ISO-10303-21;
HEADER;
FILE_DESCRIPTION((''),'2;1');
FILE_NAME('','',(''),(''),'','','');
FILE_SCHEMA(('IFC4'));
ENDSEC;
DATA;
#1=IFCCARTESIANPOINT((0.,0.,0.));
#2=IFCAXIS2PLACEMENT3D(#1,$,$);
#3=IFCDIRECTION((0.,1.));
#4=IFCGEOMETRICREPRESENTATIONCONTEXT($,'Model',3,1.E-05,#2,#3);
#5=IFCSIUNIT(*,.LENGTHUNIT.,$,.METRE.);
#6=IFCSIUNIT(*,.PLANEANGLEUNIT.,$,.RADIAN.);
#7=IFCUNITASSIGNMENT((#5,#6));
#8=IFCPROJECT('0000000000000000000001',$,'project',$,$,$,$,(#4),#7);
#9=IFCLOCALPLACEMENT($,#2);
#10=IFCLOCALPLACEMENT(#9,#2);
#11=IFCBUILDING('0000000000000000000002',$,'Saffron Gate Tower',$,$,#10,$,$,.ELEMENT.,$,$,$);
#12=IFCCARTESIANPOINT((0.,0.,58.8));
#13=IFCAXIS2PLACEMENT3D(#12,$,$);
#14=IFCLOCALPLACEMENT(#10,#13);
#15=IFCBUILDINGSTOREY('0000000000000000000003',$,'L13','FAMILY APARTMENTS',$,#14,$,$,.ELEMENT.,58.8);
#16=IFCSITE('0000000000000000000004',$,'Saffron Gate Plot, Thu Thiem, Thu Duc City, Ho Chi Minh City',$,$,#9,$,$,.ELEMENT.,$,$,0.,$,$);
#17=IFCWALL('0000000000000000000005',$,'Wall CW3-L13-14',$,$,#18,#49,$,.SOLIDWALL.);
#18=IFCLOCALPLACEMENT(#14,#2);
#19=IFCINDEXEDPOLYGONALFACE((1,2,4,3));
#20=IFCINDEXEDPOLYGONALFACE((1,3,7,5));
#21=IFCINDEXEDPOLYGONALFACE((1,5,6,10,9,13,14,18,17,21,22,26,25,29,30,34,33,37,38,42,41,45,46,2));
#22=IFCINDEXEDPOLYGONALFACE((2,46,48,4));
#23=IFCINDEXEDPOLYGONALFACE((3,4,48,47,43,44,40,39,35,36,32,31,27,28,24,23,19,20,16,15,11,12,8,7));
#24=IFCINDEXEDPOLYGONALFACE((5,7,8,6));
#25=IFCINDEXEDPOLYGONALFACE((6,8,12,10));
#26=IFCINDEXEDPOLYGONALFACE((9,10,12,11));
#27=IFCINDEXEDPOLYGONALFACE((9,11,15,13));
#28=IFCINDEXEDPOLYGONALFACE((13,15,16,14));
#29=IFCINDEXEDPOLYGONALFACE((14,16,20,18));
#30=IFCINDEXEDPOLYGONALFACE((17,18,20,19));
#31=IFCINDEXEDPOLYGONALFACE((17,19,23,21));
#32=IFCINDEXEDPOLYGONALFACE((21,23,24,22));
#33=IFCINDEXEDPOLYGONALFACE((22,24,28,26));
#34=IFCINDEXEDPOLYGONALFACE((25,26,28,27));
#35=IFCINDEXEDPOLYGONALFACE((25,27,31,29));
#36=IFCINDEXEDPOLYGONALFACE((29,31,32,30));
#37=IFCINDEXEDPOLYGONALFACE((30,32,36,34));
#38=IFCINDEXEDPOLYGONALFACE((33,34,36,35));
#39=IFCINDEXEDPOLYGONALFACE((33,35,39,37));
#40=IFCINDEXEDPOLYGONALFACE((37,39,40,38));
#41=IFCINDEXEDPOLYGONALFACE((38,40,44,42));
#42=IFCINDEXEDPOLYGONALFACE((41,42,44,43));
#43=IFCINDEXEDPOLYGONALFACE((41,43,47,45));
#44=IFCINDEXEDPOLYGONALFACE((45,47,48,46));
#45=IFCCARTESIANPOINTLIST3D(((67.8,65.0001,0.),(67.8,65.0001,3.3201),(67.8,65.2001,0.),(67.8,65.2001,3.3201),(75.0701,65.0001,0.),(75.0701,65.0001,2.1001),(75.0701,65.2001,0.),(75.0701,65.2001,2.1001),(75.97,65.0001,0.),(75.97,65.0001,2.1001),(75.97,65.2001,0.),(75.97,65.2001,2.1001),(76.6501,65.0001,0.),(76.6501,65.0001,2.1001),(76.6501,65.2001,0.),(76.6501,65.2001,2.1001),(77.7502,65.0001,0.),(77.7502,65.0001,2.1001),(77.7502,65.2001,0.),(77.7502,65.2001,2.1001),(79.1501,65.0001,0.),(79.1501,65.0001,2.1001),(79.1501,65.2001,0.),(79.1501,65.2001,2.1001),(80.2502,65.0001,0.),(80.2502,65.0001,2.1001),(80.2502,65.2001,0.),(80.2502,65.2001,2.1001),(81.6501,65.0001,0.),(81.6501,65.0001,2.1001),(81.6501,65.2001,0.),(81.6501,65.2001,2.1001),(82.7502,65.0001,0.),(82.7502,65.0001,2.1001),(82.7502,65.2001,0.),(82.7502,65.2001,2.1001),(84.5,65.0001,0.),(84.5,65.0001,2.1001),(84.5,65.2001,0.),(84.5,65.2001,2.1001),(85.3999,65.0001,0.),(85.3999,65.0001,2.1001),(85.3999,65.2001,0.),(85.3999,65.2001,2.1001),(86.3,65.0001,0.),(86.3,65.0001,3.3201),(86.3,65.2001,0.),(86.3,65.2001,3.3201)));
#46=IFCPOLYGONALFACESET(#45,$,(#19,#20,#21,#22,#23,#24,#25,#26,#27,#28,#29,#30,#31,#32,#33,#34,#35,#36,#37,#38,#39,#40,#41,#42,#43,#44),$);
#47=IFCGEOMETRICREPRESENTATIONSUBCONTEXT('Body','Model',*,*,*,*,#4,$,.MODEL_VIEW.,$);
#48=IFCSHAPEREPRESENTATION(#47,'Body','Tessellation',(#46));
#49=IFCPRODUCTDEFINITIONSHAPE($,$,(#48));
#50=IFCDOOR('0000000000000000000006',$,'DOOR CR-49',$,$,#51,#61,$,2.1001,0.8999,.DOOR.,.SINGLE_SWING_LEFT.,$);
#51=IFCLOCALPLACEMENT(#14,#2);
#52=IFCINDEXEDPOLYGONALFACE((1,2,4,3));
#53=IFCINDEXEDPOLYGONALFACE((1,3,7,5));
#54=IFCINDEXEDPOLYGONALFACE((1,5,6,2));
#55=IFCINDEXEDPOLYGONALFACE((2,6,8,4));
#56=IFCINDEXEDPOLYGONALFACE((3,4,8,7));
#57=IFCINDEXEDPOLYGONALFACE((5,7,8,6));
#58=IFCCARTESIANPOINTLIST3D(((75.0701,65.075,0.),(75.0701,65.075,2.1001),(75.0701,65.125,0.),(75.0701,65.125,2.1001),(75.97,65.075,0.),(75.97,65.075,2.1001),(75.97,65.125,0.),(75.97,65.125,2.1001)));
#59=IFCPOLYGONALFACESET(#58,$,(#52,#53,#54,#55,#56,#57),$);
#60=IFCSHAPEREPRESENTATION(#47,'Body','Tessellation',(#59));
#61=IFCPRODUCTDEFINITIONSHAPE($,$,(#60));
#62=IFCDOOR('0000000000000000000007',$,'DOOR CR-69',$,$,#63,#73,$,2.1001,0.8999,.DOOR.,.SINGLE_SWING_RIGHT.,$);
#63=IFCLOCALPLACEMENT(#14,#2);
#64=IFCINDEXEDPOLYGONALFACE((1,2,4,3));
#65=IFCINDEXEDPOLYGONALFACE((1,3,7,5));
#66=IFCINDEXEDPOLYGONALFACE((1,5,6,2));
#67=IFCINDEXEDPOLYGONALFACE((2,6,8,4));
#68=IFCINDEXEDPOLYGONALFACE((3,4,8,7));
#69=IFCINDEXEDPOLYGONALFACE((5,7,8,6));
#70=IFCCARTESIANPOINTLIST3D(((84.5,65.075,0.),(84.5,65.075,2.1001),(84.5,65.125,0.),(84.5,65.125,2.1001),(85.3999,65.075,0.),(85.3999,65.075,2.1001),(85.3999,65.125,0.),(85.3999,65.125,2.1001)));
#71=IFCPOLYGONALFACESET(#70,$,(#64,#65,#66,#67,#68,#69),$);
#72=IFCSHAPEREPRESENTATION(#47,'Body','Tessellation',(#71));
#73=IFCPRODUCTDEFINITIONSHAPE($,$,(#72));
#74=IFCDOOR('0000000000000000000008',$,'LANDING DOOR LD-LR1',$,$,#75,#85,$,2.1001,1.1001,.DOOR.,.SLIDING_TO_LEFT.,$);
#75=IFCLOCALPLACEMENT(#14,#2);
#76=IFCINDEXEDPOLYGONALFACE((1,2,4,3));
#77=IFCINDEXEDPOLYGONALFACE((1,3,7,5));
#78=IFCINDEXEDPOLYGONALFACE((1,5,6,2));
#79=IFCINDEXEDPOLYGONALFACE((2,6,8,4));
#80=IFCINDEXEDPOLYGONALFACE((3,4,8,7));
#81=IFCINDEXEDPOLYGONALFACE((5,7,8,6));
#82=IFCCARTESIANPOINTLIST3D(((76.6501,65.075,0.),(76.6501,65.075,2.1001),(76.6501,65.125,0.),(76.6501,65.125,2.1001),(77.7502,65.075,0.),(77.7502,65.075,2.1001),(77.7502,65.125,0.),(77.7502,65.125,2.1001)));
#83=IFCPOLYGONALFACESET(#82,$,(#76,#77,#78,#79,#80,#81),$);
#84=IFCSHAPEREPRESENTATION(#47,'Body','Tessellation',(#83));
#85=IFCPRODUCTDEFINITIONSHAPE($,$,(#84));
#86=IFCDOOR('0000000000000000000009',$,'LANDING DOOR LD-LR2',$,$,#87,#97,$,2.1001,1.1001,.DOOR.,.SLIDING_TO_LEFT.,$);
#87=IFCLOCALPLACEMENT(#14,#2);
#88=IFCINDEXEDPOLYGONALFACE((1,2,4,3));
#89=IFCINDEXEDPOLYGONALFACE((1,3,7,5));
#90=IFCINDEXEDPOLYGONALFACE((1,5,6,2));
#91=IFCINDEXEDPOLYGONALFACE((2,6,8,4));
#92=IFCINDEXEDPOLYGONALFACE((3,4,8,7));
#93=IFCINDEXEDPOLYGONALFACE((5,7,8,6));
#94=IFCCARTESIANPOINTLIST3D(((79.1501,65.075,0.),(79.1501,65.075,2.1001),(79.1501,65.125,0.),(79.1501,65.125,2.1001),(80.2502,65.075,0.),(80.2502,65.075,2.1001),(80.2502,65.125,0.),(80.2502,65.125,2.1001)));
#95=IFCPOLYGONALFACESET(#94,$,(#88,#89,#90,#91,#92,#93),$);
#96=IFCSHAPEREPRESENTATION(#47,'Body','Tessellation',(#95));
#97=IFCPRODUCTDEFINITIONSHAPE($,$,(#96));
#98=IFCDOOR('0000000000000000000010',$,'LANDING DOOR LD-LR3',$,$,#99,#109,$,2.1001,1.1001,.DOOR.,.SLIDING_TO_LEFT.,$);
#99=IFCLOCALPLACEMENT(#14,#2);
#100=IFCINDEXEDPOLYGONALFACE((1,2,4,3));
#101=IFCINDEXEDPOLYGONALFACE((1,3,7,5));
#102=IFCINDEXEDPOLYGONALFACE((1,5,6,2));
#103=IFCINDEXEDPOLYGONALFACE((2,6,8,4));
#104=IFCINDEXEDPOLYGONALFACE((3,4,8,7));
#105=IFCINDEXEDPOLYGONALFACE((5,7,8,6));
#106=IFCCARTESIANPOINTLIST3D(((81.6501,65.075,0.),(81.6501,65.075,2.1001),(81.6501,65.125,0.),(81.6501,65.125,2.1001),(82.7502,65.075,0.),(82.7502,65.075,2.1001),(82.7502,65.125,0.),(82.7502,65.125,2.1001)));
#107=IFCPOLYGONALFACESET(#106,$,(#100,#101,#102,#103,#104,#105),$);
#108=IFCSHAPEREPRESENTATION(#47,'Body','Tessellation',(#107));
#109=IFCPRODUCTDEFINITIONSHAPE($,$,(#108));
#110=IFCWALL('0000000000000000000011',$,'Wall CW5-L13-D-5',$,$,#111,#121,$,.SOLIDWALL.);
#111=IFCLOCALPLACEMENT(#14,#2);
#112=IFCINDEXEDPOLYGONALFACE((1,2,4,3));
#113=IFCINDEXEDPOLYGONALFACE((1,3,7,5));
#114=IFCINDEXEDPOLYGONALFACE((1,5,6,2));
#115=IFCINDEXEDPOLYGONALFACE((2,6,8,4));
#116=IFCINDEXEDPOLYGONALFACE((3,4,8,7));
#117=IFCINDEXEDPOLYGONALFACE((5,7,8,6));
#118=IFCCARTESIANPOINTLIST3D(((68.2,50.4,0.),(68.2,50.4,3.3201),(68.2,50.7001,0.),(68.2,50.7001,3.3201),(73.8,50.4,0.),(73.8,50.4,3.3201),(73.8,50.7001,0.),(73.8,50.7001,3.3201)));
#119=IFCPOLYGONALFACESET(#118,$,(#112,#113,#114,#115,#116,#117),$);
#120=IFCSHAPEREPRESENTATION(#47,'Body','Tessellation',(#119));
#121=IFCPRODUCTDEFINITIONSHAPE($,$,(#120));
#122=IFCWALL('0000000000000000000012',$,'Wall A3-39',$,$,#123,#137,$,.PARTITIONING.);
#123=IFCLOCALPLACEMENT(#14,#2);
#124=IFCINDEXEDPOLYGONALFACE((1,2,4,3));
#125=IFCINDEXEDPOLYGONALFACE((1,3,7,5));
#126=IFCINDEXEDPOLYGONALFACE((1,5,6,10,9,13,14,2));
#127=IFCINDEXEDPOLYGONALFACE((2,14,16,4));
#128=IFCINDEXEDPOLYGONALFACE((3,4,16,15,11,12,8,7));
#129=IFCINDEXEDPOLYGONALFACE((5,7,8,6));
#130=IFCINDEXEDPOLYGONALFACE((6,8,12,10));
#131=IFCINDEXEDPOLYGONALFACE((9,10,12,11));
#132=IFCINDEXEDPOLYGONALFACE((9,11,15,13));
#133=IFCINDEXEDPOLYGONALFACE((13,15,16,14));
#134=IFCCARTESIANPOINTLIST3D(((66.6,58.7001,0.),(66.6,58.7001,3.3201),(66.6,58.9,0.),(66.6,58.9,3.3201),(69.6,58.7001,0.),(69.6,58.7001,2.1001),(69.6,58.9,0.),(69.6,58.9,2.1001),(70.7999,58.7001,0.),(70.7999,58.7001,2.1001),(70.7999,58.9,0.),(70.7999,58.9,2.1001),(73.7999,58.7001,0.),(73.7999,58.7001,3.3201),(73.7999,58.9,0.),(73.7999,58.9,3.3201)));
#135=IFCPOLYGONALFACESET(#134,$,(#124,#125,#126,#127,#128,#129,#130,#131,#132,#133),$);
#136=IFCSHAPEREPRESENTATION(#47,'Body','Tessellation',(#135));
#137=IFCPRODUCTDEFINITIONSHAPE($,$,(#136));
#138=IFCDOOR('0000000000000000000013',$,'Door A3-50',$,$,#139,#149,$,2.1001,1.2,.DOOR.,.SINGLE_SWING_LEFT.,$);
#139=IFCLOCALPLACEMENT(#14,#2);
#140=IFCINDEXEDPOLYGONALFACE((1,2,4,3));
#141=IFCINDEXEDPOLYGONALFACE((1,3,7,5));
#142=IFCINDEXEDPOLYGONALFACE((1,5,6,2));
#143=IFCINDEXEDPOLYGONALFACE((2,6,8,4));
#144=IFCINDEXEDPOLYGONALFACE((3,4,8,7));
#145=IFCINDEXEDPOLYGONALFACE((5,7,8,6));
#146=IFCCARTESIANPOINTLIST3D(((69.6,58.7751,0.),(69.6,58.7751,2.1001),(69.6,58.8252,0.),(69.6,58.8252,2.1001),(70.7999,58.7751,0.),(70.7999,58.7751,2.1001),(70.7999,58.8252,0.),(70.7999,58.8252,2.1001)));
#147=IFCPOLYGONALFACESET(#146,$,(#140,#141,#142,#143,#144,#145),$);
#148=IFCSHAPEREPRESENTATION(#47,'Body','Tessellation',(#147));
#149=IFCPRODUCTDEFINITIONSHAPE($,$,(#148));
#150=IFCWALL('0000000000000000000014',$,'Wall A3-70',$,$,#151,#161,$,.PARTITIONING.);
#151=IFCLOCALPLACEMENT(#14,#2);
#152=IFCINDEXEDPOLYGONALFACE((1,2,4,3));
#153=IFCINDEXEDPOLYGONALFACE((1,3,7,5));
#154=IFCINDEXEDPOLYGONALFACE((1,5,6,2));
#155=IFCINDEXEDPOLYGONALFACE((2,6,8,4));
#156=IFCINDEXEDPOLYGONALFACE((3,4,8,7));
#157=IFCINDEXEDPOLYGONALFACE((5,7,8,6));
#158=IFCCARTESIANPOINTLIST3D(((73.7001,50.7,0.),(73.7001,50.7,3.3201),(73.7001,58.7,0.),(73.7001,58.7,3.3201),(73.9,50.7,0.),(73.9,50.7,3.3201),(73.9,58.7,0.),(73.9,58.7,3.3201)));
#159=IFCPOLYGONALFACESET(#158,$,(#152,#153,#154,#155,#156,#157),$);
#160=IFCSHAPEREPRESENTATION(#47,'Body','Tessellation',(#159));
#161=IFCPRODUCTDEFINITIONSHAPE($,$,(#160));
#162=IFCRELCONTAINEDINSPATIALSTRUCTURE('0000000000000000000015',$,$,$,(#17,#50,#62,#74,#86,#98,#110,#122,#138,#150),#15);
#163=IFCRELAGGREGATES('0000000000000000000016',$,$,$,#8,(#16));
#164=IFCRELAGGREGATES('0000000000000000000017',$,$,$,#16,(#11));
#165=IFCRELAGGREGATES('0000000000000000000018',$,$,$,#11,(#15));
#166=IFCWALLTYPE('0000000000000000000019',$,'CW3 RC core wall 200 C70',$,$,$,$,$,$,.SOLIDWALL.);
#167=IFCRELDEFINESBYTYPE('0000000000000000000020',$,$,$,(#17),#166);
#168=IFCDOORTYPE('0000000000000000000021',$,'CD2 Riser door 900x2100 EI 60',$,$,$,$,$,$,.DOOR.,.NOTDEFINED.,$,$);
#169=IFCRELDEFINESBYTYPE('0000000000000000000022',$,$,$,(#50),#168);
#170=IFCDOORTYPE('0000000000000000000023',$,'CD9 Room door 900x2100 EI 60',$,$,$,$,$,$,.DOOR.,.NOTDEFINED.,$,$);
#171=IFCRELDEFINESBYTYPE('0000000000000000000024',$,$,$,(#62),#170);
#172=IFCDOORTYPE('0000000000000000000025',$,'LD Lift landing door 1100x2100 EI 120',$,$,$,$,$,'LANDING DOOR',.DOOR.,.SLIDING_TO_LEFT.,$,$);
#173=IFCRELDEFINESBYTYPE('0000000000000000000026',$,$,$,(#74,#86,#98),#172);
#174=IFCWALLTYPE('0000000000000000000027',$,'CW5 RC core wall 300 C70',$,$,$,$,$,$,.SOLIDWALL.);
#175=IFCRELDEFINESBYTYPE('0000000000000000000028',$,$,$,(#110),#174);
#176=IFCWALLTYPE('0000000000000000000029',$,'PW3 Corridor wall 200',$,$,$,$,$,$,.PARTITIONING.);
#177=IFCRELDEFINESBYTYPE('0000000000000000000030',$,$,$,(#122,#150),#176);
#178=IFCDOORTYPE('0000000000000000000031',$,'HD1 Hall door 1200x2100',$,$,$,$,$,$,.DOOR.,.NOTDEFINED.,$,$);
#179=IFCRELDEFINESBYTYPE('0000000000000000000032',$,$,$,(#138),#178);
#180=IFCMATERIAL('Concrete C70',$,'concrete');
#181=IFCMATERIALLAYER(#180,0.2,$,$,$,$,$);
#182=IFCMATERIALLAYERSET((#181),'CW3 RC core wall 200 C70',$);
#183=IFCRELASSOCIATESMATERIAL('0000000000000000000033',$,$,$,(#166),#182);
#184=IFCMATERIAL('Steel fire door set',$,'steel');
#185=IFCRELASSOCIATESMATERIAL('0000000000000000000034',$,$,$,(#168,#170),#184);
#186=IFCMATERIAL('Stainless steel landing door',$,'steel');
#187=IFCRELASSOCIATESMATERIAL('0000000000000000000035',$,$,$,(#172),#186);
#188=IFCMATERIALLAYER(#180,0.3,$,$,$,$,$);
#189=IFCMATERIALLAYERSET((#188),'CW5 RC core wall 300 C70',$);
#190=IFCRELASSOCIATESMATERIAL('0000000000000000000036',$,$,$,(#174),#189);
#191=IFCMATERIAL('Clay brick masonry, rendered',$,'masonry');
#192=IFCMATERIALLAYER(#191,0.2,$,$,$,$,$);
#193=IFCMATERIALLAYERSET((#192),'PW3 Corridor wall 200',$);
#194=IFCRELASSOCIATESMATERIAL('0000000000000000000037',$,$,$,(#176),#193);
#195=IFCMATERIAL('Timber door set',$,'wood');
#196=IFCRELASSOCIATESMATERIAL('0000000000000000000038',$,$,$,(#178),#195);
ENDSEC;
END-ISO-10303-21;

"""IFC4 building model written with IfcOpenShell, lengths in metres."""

from ifc_helpers import new_model, si_unit, direction, frame, frame_2d, origin, place, context, subcontext, project, spatial, rectangle, extrude, material, layer, layer_set, type_object, element, fill, save


model = new_model("IFC4")

# Units and contexts
model_context = context("Model", 3, precision=1e-05, world=origin(), true_north=direction((0.0, 1.0)))
body_context = subcontext(model_context, "Body", "Model", "MODEL_VIEW")
ifc_project = project(units=[si_unit("LENGTHUNIT", "METRE"), si_unit("PLANEANGLEUNIT", "RADIAN")], contexts=[model_context])

# Site, building, storey
site_placement = place(None, origin())
site = spatial("IfcSite", under=ifc_project, at=site_placement, Name="Saffron Gate Plot, Thu Thiem, Thu Duc City, Ho Chi Minh City", CompositionType="ELEMENT", RefElevation=0.0)
building_placement = place(site_placement, origin())
building = spatial("IfcBuilding", under=site, at=building_placement, Name="Saffron Gate Tower", CompositionType="ELEMENT")
storey_placement = place(building_placement, frame((0.0, 0.0, 58.8)))
storey = spatial("IfcBuildingStorey", under=building, at=storey_placement, Name="L13", Description="FAMILY APARTMENTS", CompositionType="ELEMENT", Elevation=58.8)

# Shared definitions
ifc_material_1 = material(Name="Concrete C70", Category="concrete")
ifc_layer_1 = layer(ifc_material_1, 0.2)
ifc_layer_set_1 = layer_set([ifc_layer_1], Name="CW3 RC core wall 200 C70")
wall_type_1 = type_object("IfcWallType", Name="CW3 RC core wall 200 C70", PredefinedType="SOLIDWALL", material=ifc_layer_set_1)

# Wall, openings, doors
wall_1_placement = place(storey_placement, frame((67.8, 65.1001, 0.0), z_axis=(0.0, 0.0, 1.0), x_axis=(1.0, 0.0, 0.0)))
wall_1 = element("IfcWall", 1, at=wall_1_placement, inside=storey, type_object=wall_type_1, Name="Wall CW3-L13-14", PredefinedType="SOLIDWALL", context=body_context, shape_type="SweptSolid", body=[
    extrude(rectangle(XDim=18.5, YDim=0.2, at=frame_2d((9.25, 0.0))), origin(), (0.0, 0.0, 1.0), 3.3201),
])
opening_1_placement = place(wall_1_placement, frame((7.27, 0.0, 0.0)))
opening_1 = element("IfcOpeningElement", 2, at=opening_1_placement, cuts=wall_1, PredefinedType="OPENING", context=body_context, shape_type="SweptSolid", body=[
    extrude(rectangle(XDim=0.8999, YDim=2.1001, at=frame_2d((0.45, 1.05))), frame((0.0, 0.1099, 0.0), z_axis=(0.0, -1.0, 0.0), x_axis=(1.0, 0.0, 0.0)), (0.0, 0.0, 1.0), 0.22),
])
opening_2_placement = place(wall_1_placement, frame((8.8501, 0.0, 0.0)))
opening_2 = element("IfcOpeningElement", 3, at=opening_2_placement, cuts=wall_1, PredefinedType="OPENING", context=body_context, shape_type="SweptSolid", body=[
    extrude(rectangle(XDim=1.1001, YDim=2.1001, at=frame_2d((0.55, 1.05))), frame((0.0, 0.1099, 0.0), z_axis=(0.0, -1.0, 0.0), x_axis=(1.0, 0.0, 0.0)), (0.0, 0.0, 1.0), 0.22),
])
opening_3_placement = place(wall_1_placement, frame((11.3501, 0.0, 0.0)))
opening_3 = element("IfcOpeningElement", 4, at=opening_3_placement, cuts=wall_1, PredefinedType="OPENING", context=body_context, shape_type="SweptSolid", body=[
    extrude(rectangle(XDim=1.1001, YDim=2.1001, at=frame_2d((0.55, 1.05))), frame((0.0, 0.1099, 0.0), z_axis=(0.0, -1.0, 0.0), x_axis=(1.0, 0.0, 0.0)), (0.0, 0.0, 1.0), 0.22),
])
opening_4_placement = place(wall_1_placement, frame((13.8501, 0.0, 0.0)))
opening_4 = element("IfcOpeningElement", 5, at=opening_4_placement, cuts=wall_1, PredefinedType="OPENING", context=body_context, shape_type="SweptSolid", body=[
    extrude(rectangle(XDim=1.1001, YDim=2.1001, at=frame_2d((0.55, 1.05))), frame((0.0, 0.1099, 0.0), z_axis=(0.0, -1.0, 0.0), x_axis=(1.0, 0.0, 0.0)), (0.0, 0.0, 1.0), 0.22),
])
opening_5_placement = place(wall_1_placement, frame((16.7, 0.0, 0.0)))
opening_5 = element("IfcOpeningElement", 6, at=opening_5_placement, cuts=wall_1, PredefinedType="OPENING", context=body_context, shape_type="SweptSolid", body=[
    extrude(rectangle(XDim=0.8999, YDim=2.1001, at=frame_2d((0.45, 1.05))), frame((0.0, 0.1099, 0.0), z_axis=(0.0, -1.0, 0.0), x_axis=(1.0, 0.0, 0.0)), (0.0, 0.0, 1.0), 0.22),
])
ifc_material_2 = material(Name="Steel fire door set", Category="steel")
door_type_1 = type_object("IfcDoorType", Name="CD2 Riser door 900x2100 EI 60", OperationType="NOTDEFINED", PredefinedType="DOOR", material=ifc_material_2)
door_1_placement = place(opening_1_placement, origin())
door_1 = element("IfcDoor", 7, at=door_1_placement, inside=storey, type_object=door_type_1, Name="DOOR CR-49", OperationType="SINGLE_SWING_LEFT", OverallHeight=2.1001, OverallWidth=0.8999, PredefinedType="DOOR", context=body_context, shape_type="SweptSolid", body=[
    extrude(rectangle(XDim=0.8999, YDim=2.1001, at=frame_2d((0.45, 1.05))), frame((0.0, 0.0249, 0.0), z_axis=(0.0, -1.0, 0.0), x_axis=(1.0, 0.0, 0.0)), (0.0, 0.0, 1.0), 0.05),
])
fill(opening_1, door_1)
door_type_2 = type_object("IfcDoorType", Name="CD9 Room door 900x2100 EI 60", OperationType="NOTDEFINED", PredefinedType="DOOR", material=ifc_material_2)
door_2_placement = place(opening_5_placement, origin())
door_2 = element("IfcDoor", 8, at=door_2_placement, inside=storey, type_object=door_type_2, Name="DOOR CR-69", OperationType="SINGLE_SWING_RIGHT", OverallHeight=2.1001, OverallWidth=0.8999, PredefinedType="DOOR", context=body_context, shape_type="SweptSolid", body=[
    extrude(rectangle(XDim=0.8999, YDim=2.1001, at=frame_2d((0.45, 1.05))), frame((0.0, 0.0249, 0.0), z_axis=(0.0, -1.0, 0.0), x_axis=(1.0, 0.0, 0.0)), (0.0, 0.0, 1.0), 0.05),
])
fill(opening_5, door_2)
ifc_material_3 = material(Name="Stainless steel landing door", Category="steel")
door_type_3 = type_object("IfcDoorType", Name="LD Lift landing door 1100x2100 EI 120", ElementType="LANDING DOOR", OperationType="SLIDING_TO_LEFT", PredefinedType="DOOR", material=ifc_material_3)
door_3_placement = place(opening_2_placement, origin())
door_3 = element("IfcDoor", 9, at=door_3_placement, inside=storey, type_object=door_type_3, Name="LANDING DOOR LD-LR1", OperationType="SLIDING_TO_LEFT", OverallHeight=2.1001, OverallWidth=1.1001, PredefinedType="DOOR", context=body_context, shape_type="SweptSolid", body=[
    extrude(rectangle(XDim=1.1001, YDim=2.1001, at=frame_2d((0.55, 1.05))), frame((0.0, 0.0249, 0.0), z_axis=(0.0, -1.0, 0.0), x_axis=(1.0, 0.0, 0.0)), (0.0, 0.0, 1.0), 0.05),
])
fill(opening_2, door_3)
door_4_placement = place(opening_3_placement, origin())
door_4 = element("IfcDoor", 10, at=door_4_placement, inside=storey, type_object=door_type_3, Name="LANDING DOOR LD-LR2", OperationType="SLIDING_TO_LEFT", OverallHeight=2.1001, OverallWidth=1.1001, PredefinedType="DOOR", context=body_context, shape_type="SweptSolid", body=[
    extrude(rectangle(XDim=1.1001, YDim=2.1001, at=frame_2d((0.55, 1.05))), frame((0.0, 0.0249, 0.0), z_axis=(0.0, -1.0, 0.0), x_axis=(1.0, 0.0, 0.0)), (0.0, 0.0, 1.0), 0.05),
])
fill(opening_3, door_4)
door_5_placement = place(opening_4_placement, origin())
door_5 = element("IfcDoor", 11, at=door_5_placement, inside=storey, type_object=door_type_3, Name="LANDING DOOR LD-LR3", OperationType="SLIDING_TO_LEFT", OverallHeight=2.1001, OverallWidth=1.1001, PredefinedType="DOOR", context=body_context, shape_type="SweptSolid", body=[
    extrude(rectangle(XDim=1.1001, YDim=2.1001, at=frame_2d((0.55, 1.05))), frame((0.0, 0.0249, 0.0), z_axis=(0.0, -1.0, 0.0), x_axis=(1.0, 0.0, 0.0)), (0.0, 0.0, 1.0), 0.05),
])
fill(opening_4, door_5)

# Wall
ifc_layer_2 = layer(ifc_material_1, 0.3)
ifc_layer_set_2 = layer_set([ifc_layer_2], Name="CW5 RC core wall 300 C70")
wall_type_2 = type_object("IfcWallType", Name="CW5 RC core wall 300 C70", PredefinedType="SOLIDWALL", material=ifc_layer_set_2)
wall_2_placement = place(storey_placement, frame((68.2, 50.55, 0.0), z_axis=(0.0, 0.0, 1.0), x_axis=(1.0, 0.0, 0.0)))
element("IfcWall", 12, at=wall_2_placement, inside=storey, type_object=wall_type_2, Name="Wall CW5-L13-D-5", PredefinedType="SOLIDWALL", context=body_context, shape_type="SweptSolid", body=[
    extrude(rectangle(XDim=5.6001, YDim=0.3, at=frame_2d((2.8, 0.0))), origin(), (0.0, 0.0, 1.0), 3.3201),
])

# Wall, opening, door
ifc_material_4 = material(Name="Clay brick masonry, rendered", Category="masonry")
ifc_layer_3 = layer(ifc_material_4, 0.2)
ifc_layer_set_3 = layer_set([ifc_layer_3], Name="PW3 Corridor wall 200")
wall_type_3 = type_object("IfcWallType", Name="PW3 Corridor wall 200", PredefinedType="PARTITIONING", material=ifc_layer_set_3)
wall_3_placement = place(storey_placement, frame((73.8, 58.8, 0.0), z_axis=(0.0, 0.0, 1.0), x_axis=(-1.0, 0.0, 0.0)))
wall_3 = element("IfcWall", 13, at=wall_3_placement, inside=storey, type_object=wall_type_3, Name="Wall A3-39", PredefinedType="PARTITIONING", context=body_context, shape_type="SweptSolid", body=[
    extrude(rectangle(XDim=7.2, YDim=0.2, at=frame_2d((3.6001, 0.0))), origin(), (0.0, 0.0, 1.0), 3.3201),
])
opening_6_placement = place(wall_3_placement, frame((3.0, 0.0, 0.0)))
opening_6 = element("IfcOpeningElement", 14, at=opening_6_placement, cuts=wall_3, PredefinedType="OPENING", context=body_context, shape_type="SweptSolid", body=[
    extrude(rectangle(XDim=1.2, YDim=2.1001, at=frame_2d((0.6001, 1.05))), frame((0.0, 0.1099, 0.0), z_axis=(0.0, -1.0, 0.0), x_axis=(1.0, 0.0, 0.0)), (0.0, 0.0, 1.0), 0.22),
])
ifc_material_5 = material(Name="Timber door set", Category="wood")
door_type_4 = type_object("IfcDoorType", Name="HD1 Hall door 1200x2100", OperationType="NOTDEFINED", PredefinedType="DOOR", material=ifc_material_5)
door_6_placement = place(opening_6_placement, origin())
door_6 = element("IfcDoor", 15, at=door_6_placement, inside=storey, type_object=door_type_4, Name="Door A3-50", OperationType="SINGLE_SWING_LEFT", OverallHeight=2.1001, OverallWidth=1.2, PredefinedType="DOOR", context=body_context, shape_type="SweptSolid", body=[
    extrude(rectangle(XDim=1.2, YDim=2.1001, at=frame_2d((0.6001, 1.05))), frame((0.0, 0.0249, 0.0), z_axis=(0.0, -1.0, 0.0), x_axis=(1.0, 0.0, 0.0)), (0.0, 0.0, 1.0), 0.05),
])
fill(opening_6, door_6)

# Wall
wall_4_placement = place(storey_placement, frame((73.8, 58.7, 0.0), z_axis=(0.0, 0.0, 1.0), x_axis=(0.0, -1.0, 0.0)))
element("IfcWall", 16, at=wall_4_placement, inside=storey, type_object=wall_type_3, Name="Wall A3-70", PredefinedType="PARTITIONING", context=body_context, shape_type="SweptSolid", body=[
    extrude(rectangle(XDim=8.0, YDim=0.2, at=frame_2d((4.0, 0.0))), origin(), (0.0, 0.0, 1.0), 3.3201),
])

save(model, "model.ifc")
